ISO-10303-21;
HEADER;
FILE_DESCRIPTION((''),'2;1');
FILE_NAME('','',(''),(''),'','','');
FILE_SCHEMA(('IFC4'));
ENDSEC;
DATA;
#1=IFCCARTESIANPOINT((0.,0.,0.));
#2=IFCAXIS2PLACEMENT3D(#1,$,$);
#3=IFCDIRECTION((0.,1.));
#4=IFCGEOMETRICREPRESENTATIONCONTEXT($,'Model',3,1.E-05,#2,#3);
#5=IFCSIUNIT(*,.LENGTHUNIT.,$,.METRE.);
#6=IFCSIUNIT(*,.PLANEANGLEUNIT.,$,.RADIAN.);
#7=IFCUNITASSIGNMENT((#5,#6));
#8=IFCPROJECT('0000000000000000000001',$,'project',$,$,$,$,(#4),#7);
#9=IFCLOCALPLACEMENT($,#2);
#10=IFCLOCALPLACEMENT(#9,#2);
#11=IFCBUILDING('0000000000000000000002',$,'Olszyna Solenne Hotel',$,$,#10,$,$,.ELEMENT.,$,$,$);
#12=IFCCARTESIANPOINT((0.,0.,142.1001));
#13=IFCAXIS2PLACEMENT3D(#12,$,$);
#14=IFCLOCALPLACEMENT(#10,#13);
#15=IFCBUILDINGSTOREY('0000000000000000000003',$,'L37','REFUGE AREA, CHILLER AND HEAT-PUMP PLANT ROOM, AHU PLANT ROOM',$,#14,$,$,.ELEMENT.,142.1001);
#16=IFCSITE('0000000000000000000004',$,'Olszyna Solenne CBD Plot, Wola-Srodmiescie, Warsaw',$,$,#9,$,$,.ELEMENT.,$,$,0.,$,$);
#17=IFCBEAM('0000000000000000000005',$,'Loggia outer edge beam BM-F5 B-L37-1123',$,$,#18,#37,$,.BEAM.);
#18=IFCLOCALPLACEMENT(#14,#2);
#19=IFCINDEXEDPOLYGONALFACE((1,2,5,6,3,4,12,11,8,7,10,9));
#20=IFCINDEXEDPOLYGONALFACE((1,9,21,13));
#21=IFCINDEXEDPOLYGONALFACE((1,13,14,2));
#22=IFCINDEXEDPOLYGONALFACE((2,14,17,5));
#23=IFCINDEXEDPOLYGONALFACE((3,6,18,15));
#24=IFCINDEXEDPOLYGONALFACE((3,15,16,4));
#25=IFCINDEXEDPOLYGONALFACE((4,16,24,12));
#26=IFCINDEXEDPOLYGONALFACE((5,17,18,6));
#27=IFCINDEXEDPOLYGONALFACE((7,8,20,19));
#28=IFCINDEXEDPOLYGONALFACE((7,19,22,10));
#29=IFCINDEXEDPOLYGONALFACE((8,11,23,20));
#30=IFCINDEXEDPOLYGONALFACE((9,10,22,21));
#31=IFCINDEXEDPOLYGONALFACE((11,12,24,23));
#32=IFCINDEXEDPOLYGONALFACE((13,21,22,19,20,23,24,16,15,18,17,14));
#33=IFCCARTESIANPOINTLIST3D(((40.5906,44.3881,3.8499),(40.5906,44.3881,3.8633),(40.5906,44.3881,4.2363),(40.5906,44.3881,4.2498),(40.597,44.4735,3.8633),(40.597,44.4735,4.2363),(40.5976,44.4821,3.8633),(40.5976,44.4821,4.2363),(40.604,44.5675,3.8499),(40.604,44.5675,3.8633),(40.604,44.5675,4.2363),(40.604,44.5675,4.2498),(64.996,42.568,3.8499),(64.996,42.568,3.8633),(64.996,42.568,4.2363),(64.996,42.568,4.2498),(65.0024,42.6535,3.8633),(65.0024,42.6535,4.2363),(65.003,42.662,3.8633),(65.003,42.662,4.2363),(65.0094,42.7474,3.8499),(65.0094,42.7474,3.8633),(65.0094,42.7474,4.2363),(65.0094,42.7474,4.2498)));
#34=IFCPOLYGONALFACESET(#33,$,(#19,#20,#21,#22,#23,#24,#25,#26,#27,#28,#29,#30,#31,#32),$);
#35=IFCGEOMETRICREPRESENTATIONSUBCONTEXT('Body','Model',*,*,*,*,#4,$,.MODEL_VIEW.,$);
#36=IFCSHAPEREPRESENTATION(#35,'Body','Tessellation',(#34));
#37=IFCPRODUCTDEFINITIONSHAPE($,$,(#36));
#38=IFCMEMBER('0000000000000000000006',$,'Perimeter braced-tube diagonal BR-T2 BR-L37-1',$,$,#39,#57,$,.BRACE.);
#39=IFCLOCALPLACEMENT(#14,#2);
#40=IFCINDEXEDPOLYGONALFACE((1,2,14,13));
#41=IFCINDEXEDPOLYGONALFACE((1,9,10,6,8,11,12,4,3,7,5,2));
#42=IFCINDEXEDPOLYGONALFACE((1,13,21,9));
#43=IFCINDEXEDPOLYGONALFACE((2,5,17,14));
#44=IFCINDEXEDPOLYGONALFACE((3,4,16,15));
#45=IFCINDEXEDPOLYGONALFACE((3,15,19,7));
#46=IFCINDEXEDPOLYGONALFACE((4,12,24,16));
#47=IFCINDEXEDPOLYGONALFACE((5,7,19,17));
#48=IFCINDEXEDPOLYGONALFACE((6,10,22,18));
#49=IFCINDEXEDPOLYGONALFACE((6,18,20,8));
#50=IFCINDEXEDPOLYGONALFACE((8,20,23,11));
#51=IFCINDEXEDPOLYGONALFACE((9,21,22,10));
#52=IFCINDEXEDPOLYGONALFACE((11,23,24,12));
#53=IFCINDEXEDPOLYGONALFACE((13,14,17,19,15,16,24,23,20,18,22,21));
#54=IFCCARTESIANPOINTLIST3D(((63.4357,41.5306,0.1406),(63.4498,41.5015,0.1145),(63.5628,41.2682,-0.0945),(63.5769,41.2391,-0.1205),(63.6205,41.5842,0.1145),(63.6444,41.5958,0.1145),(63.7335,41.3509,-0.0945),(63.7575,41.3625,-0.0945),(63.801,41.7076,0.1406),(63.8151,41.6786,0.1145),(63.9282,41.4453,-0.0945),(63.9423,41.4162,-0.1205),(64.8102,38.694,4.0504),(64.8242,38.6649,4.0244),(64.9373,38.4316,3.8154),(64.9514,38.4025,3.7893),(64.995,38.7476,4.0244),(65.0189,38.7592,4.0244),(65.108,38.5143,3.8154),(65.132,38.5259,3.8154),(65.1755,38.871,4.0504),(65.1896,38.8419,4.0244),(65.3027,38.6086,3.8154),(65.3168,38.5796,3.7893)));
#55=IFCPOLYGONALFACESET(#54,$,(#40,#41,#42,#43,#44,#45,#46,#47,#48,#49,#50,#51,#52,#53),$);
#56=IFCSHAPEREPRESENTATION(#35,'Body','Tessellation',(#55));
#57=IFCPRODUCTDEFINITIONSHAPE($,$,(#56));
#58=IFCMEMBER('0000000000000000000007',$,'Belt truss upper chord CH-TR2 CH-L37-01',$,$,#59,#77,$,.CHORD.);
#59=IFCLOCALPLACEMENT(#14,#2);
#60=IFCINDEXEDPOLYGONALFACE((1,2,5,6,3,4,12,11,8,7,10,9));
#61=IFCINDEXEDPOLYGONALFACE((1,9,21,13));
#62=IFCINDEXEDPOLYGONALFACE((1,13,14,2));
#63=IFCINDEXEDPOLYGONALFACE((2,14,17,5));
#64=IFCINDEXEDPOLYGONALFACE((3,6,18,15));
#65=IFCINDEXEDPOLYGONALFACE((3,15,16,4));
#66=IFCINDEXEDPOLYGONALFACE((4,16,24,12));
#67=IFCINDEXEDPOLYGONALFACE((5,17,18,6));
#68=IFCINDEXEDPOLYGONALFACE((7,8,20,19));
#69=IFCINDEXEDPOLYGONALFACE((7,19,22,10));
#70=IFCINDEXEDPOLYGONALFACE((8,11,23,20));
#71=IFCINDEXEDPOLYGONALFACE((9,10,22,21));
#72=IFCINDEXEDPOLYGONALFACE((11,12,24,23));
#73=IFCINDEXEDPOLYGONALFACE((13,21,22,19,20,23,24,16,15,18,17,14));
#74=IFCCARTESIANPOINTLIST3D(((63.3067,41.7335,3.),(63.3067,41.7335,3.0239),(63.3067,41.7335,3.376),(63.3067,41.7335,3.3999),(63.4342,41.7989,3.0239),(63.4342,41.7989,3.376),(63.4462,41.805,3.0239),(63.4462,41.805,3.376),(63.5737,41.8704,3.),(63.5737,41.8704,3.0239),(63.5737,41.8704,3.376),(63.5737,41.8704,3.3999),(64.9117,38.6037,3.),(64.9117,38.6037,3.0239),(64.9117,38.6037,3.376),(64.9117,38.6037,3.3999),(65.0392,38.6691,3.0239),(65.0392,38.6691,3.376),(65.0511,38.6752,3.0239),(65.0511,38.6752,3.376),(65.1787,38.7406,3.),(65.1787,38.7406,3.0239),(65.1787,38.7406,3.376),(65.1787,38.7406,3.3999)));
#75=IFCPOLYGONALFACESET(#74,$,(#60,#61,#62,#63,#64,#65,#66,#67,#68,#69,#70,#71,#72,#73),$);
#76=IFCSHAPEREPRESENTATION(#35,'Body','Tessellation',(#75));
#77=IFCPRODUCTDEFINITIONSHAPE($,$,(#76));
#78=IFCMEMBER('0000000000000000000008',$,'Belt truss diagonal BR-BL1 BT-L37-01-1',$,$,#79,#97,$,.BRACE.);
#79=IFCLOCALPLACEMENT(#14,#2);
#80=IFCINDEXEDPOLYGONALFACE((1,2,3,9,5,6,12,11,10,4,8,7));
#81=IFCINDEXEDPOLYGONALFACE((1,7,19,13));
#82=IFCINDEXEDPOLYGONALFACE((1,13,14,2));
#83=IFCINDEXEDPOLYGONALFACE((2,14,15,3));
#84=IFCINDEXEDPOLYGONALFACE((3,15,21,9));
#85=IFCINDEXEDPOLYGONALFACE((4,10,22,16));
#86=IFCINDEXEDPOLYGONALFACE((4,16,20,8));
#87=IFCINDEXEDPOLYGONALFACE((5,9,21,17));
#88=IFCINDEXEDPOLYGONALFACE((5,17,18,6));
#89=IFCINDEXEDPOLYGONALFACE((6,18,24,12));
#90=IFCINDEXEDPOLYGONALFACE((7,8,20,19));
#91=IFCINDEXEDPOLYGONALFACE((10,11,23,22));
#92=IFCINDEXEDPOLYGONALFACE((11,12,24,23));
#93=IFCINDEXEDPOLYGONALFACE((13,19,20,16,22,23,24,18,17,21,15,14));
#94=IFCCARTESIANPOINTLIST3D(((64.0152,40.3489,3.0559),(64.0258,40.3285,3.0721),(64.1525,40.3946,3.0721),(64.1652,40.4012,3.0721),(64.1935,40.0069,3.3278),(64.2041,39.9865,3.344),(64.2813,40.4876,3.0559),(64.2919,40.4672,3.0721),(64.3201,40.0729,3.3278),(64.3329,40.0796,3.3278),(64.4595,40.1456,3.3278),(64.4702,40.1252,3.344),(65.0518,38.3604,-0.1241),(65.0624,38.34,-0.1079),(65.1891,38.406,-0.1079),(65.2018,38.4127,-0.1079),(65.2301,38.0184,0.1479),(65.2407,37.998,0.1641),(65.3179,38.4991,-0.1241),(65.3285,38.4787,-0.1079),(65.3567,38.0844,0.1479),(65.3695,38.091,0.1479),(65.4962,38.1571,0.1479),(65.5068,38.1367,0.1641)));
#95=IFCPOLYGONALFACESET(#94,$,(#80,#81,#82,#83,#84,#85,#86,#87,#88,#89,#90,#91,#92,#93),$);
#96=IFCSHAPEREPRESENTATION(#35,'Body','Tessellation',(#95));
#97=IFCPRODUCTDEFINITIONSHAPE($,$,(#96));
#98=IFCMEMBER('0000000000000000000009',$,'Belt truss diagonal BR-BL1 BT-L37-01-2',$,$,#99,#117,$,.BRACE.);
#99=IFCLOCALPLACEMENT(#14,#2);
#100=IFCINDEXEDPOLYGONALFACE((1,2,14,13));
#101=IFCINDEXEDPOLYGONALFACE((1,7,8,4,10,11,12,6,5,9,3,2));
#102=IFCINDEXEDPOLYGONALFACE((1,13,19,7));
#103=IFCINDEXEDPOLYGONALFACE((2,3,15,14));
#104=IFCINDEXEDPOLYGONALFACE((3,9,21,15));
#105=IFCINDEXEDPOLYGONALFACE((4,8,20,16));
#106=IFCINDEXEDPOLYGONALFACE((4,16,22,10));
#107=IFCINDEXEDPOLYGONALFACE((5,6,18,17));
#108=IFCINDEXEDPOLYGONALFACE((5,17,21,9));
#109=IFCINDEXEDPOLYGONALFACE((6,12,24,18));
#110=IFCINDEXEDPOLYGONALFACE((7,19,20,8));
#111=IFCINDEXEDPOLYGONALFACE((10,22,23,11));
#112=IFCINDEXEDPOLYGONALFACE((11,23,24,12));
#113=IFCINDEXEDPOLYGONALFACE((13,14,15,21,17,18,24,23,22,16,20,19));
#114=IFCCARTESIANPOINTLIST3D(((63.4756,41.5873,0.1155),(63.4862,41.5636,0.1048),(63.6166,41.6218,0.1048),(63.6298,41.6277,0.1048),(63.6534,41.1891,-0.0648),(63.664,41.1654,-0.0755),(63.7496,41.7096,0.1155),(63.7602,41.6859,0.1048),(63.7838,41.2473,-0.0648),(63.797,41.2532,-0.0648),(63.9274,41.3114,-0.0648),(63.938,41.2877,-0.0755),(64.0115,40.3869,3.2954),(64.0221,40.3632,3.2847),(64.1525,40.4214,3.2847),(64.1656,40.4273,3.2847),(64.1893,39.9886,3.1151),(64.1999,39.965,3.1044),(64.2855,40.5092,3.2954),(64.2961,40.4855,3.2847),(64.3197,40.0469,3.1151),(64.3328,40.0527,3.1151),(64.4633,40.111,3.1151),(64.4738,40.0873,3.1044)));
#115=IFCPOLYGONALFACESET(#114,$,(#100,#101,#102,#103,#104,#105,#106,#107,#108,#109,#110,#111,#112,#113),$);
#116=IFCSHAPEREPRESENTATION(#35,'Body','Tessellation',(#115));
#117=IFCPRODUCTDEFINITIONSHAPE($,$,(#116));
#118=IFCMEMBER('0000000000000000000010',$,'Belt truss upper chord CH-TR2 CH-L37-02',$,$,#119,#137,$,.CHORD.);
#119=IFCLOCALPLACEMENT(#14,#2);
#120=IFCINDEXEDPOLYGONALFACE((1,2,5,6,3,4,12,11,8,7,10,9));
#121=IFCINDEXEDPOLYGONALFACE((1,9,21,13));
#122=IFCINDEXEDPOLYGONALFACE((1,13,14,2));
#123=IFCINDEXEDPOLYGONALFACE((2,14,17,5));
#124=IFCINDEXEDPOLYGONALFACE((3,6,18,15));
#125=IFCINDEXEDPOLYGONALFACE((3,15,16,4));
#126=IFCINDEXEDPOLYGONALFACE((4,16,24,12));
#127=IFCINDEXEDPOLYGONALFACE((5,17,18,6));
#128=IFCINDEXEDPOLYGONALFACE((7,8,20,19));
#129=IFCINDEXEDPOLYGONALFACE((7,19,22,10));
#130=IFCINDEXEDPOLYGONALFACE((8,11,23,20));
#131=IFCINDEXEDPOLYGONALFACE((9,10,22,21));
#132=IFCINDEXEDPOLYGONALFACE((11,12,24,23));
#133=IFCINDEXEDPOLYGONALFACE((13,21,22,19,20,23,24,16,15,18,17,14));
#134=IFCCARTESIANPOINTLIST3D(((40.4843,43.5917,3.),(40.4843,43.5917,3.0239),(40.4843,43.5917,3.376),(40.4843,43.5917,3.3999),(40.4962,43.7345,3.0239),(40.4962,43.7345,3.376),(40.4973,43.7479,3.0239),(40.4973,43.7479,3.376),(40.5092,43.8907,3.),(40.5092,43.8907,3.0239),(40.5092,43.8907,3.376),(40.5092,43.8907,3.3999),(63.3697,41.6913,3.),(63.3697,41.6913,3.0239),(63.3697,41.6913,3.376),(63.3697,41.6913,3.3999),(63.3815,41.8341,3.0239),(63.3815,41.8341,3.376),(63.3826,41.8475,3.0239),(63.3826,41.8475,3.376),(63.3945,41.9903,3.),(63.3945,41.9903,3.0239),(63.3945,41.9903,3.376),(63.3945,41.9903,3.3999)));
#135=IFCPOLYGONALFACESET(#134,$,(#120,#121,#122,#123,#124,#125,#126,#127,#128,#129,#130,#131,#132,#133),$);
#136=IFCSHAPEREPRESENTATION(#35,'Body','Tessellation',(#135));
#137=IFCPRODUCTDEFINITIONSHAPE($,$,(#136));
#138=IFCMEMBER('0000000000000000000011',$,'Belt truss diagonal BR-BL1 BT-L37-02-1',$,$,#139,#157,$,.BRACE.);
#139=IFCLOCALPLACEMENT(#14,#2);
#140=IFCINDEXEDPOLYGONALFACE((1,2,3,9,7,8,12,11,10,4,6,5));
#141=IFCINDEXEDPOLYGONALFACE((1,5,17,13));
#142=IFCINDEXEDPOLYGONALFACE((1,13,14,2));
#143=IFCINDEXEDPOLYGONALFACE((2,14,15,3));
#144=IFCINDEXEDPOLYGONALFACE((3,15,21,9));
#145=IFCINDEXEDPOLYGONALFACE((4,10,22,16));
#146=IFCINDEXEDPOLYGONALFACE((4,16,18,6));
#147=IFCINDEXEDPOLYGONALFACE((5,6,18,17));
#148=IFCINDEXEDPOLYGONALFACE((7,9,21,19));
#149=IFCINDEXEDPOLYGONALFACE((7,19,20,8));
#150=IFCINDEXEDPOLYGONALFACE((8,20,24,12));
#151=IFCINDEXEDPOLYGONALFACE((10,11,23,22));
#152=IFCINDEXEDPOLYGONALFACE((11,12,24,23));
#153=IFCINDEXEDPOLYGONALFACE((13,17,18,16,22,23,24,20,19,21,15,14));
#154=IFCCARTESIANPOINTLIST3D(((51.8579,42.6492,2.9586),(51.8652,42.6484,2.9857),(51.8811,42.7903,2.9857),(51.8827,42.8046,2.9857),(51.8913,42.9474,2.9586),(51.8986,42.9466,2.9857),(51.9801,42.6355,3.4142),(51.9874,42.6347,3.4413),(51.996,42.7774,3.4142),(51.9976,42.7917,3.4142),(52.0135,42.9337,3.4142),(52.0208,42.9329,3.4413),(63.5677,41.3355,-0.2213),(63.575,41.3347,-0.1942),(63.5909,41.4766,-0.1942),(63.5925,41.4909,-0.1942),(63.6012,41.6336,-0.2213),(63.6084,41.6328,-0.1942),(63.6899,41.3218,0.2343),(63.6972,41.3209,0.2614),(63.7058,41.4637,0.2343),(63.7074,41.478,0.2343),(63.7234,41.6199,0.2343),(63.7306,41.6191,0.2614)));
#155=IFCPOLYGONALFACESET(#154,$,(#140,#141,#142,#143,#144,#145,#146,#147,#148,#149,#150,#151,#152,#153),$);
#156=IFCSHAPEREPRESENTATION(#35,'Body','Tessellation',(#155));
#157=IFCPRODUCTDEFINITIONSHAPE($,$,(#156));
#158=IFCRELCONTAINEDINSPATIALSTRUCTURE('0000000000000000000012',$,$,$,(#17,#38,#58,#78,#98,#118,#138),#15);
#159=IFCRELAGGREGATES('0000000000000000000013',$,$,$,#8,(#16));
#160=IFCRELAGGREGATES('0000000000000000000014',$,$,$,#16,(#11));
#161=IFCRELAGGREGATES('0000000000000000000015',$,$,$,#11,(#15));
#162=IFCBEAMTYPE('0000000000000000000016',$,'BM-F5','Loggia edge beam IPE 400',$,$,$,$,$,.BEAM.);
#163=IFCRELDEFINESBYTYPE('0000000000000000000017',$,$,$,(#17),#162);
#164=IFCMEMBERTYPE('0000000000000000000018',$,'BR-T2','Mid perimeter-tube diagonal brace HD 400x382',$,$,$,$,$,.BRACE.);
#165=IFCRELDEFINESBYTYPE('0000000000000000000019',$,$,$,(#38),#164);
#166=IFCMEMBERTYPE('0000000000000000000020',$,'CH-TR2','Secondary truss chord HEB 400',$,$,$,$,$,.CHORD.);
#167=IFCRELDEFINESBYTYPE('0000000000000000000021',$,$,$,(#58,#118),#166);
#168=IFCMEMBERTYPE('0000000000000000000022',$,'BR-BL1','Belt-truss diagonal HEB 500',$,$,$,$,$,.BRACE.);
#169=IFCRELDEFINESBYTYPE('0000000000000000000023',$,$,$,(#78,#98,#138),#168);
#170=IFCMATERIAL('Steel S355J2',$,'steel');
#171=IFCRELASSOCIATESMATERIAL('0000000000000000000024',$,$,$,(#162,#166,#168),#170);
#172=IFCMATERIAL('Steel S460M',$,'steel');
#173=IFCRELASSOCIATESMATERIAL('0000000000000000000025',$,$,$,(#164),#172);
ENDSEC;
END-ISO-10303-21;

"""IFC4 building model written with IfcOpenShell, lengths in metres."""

from ifc_helpers import new_model, si_unit, direction, frame, origin, origin_2d, place, context, subcontext, project, spatial, i_section, extrude, source, transform, mapped, material, material_profile, profile_set, type_object, element, save


model = new_model("IFC4")

# Units and contexts
model_context = context("Model", 3, precision=1e-05, world=origin(), true_north=direction((0.0, 1.0)))
body_context = subcontext(model_context, "Body", "Model", "MODEL_VIEW")
ifc_project = project(units=[si_unit("LENGTHUNIT", "METRE"), si_unit("PLANEANGLEUNIT", "RADIAN")], contexts=[model_context])

# Site, building, storey
site_placement = place(None, origin())
site = spatial("IfcSite", under=ifc_project, at=site_placement, Name="Olszyna Solenne CBD Plot, Wola-Srodmiescie, Warsaw", CompositionType="ELEMENT", RefElevation=0.0)
building_placement = place(site_placement, origin())
building = spatial("IfcBuilding", under=site, at=building_placement, Name="Olszyna Solenne Hotel", CompositionType="ELEMENT")
storey_placement = place(building_placement, frame((0.0, 0.0, 142.1001)))
storey = spatial("IfcBuildingStorey", under=building, at=storey_placement, Name="L37", Description="REFUGE AREA, CHILLER AND HEAT-PUMP PLANT ROOM, AHU PLANT ROOM", CompositionType="ELEMENT", Elevation=142.1001)

# Shared definitions
ifc_material_1 = material(Name="Steel S460M", Category="steel")

# Beam
ifc_material_2 = material(Name="Steel S355J2", Category="steel")
ifc_material_profile_1 = material_profile(ifc_material_2, i_section(OverallWidth=0.1799, OverallDepth=0.3999, WebThickness=0.0085, FlangeThickness=0.0134, at=origin_2d()), Name="IPE 400", Category="load-bearing")
ifc_profile_set_1 = profile_set([ifc_material_profile_1], Name="Steel S355J2")
beam_type_1 = type_object("IfcBeamType", Name="BM-F5", Description="Loggia edge beam IPE 400", PredefinedType="BEAM", material=ifc_profile_set_1)
shared_shape_1 = source(origin(), body_context, "Body", "SweptSolid", [
    extrude(i_section(OverallWidth=0.1799, OverallDepth=0.3999, WebThickness=0.0085, FlangeThickness=0.0134, at=origin_2d()), origin(), (0.0, 0.0, 1.0), 24.4731),
])
beam_1_placement = place(storey_placement, frame((65.0027, 42.6577, 4.0498), z_axis=(-0.997231, 0.07437, 0.0), x_axis=(-0.07437, -0.997231, 0.0)))
element("IfcBeam", 1, at=beam_1_placement, inside=storey, type_object=beam_type_1, Name="Loggia outer edge beam BM-F5 B-L37-1123", PredefinedType="BEAM", context=body_context, shape_type="MappedRepresentation", body=[
    mapped(shared_shape_1, transform((0.0, 0.0, 0.0), x_axis=(1.0, 0.0, 0.0), y_axis=(0.0, 1.0, 0.0), z_axis=(0.0, 0.0, 1.0), scale=1.0)),
])

# Members
ifc_material_profile_2 = material_profile(ifc_material_1, i_section(OverallWidth=0.406, OverallDepth=0.416, WebThickness=0.0266, FlangeThickness=0.0415, at=origin_2d()), Name="HD 400x382", Category="load-bearing")
ifc_profile_set_2 = profile_set([ifc_material_profile_2], Name="Steel S460M")
member_type_1 = type_object("IfcMemberType", Name="BR-T2", Description="Mid perimeter-tube diagonal brace HD 400x382", PredefinedType="BRACE", material=ifc_profile_set_2)
shared_shape_2 = source(origin(), body_context, "Body", "SweptSolid", [
    extrude(i_section(OverallWidth=0.406, OverallDepth=0.416, WebThickness=0.0266, FlangeThickness=0.0415, at=origin_2d()), origin(), (0.0, 0.0, 1.0), 5.0222),
])
member_1_placement = place(storey_placement, frame((63.689, 41.4734, 0.01), z_axis=(0.273682, -0.564816, 0.778512), x_axis=(0.899919, 0.436057, 0.0)))
element("IfcMember", 2, at=member_1_placement, inside=storey, type_object=member_type_1, Name="Perimeter braced-tube diagonal BR-T2 BR-L37-1", PredefinedType="BRACE", context=body_context, shape_type="MappedRepresentation", body=[
    mapped(shared_shape_2, transform((0.0, 0.0, 0.0), x_axis=(1.0, 0.0, 0.0), y_axis=(0.0, 1.0, 0.0), z_axis=(0.0, 0.0, 1.0), scale=1.0)),
])
ifc_material_profile_3 = material_profile(ifc_material_2, i_section(OverallWidth=0.3, OverallDepth=0.3999, WebThickness=0.0134, FlangeThickness=0.0239, at=origin_2d()), Name="HEB 400", Category="load-bearing")
ifc_profile_set_3 = profile_set([ifc_material_profile_3], Name="Steel S355J2")
member_type_2 = type_object("IfcMemberType", Name="CH-TR2", Description="Secondary truss chord HEB 400", PredefinedType="CHORD", material=ifc_profile_set_3)
shared_shape_3 = source(origin(), body_context, "Body", "SweptSolid", [
    extrude(i_section(OverallWidth=0.3, OverallDepth=0.3999, WebThickness=0.0134, FlangeThickness=0.0239, at=origin_2d()), origin(), (0.0, 0.0, 1.0), 3.5173),
])
member_2_placement = place(storey_placement, frame((65.0452, 38.6721, 3.2), z_axis=(-0.456297, 0.889828, 0.0), x_axis=(-0.889828, -0.456297, 0.0)))
element("IfcMember", 3, at=member_2_placement, inside=storey, type_object=member_type_2, Name="Belt truss upper chord CH-TR2 CH-L37-01", PredefinedType="CHORD", context=body_context, shape_type="MappedRepresentation", body=[
    mapped(shared_shape_3, transform((0.0, 0.0, 0.0), x_axis=(1.0, 0.0, 0.0), y_axis=(0.0, 1.0, 0.0), z_axis=(0.0, 0.0, 1.0), scale=1.0)),
])
ifc_material_profile_4 = material_profile(ifc_material_2, i_section(OverallWidth=0.3, OverallDepth=0.5, WebThickness=0.0144, FlangeThickness=0.0281, at=origin_2d()), Name="HEB 500", Category="load-bearing")
ifc_profile_set_4 = profile_set([ifc_material_profile_4], Name="Steel S355J2")
member_type_3 = type_object("IfcMemberType", Name="BR-BL1", Description="Belt-truss diagonal HEB 500", PredefinedType="BRACE", material=ifc_profile_set_4)
shared_shape_4 = source(origin(), body_context, "Body", "SweptSolid", [
    extrude(i_section(OverallWidth=0.3, OverallDepth=0.5, WebThickness=0.0144, FlangeThickness=0.0281, at=origin_2d()), origin(), (0.0, 0.0, 1.0), 3.8911),
])
member_3_placement = place(storey_placement, frame((65.2793, 38.2485, 0.02), z_axis=(-0.266407, 0.511042, 0.817229), x_axis=(-0.886744, -0.462261, 0.0)))
element("IfcMember", 4, at=member_3_placement, inside=storey, type_object=member_type_3, Name="Belt truss diagonal BR-BL1 BT-L37-01-1", PredefinedType="BRACE", context=body_context, shape_type="MappedRepresentation", body=[
    mapped(shared_shape_4, transform((0.0, 0.0, 0.0), x_axis=(1.0, 0.0, 0.0), y_axis=(0.0, 1.0, 0.0), z_axis=(0.0, 0.0, 1.0), scale=1.0)),
])
shared_shape_5 = source(origin(), body_context, "Body", "SweptSolid", [
    extrude(i_section(OverallWidth=0.3, OverallDepth=0.5, WebThickness=0.0144, FlangeThickness=0.0281, at=origin_2d()), origin(), (0.0, 0.0, 1.0), 3.4409),
])
member_4_placement = place(storey_placement, frame((63.7068, 41.4375, 0.02), z_axis=(0.155738, -0.348868, 0.924141), x_axis=(0.913144, 0.407637, 0.0)))
element("IfcMember", 5, at=member_4_placement, inside=storey, type_object=member_type_3, Name="Belt truss diagonal BR-BL1 BT-L37-01-2", PredefinedType="BRACE", context=body_context, shape_type="MappedRepresentation", body=[
    mapped(shared_shape_5, transform((0.0, 0.0, 0.0), x_axis=(1.0, 0.0, 0.0), y_axis=(0.0, 1.0, 0.0), z_axis=(0.0, 0.0, 1.0), scale=1.0)),
])
shared_shape_6 = source(origin(), body_context, "Body", "SweptSolid", [
    extrude(i_section(OverallWidth=0.3, OverallDepth=0.3999, WebThickness=0.0134, FlangeThickness=0.0239, at=origin_2d()), origin(), (0.0, 0.0, 1.0), 22.9641),
])
member_5_placement = place(storey_placement, frame((63.3821, 41.8408, 3.2), z_axis=(-0.99657, 0.082755, 0.0), x_axis=(-0.082755, -0.99657, 0.0)))
element("IfcMember", 6, at=member_5_placement, inside=storey, type_object=member_type_2, Name="Belt truss upper chord CH-TR2 CH-L37-02", PredefinedType="CHORD", context=body_context, shape_type="MappedRepresentation", body=[
    mapped(shared_shape_6, transform((0.0, 0.0, 0.0), x_axis=(1.0, 0.0, 0.0), y_axis=(0.0, 1.0, 0.0), z_axis=(0.0, 0.0, 1.0), scale=1.0)),
])
shared_shape_7 = source(origin(), body_context, "Body", "SweptSolid", [
    extrude(i_section(OverallWidth=0.3, OverallDepth=0.5, WebThickness=0.0144, FlangeThickness=0.0281, at=origin_2d()), origin(), (0.0, 0.0, 1.0), 12.2048),
])
member_6_placement = place(storey_placement, frame((63.6492, 41.4773, 0.02), z_axis=(-0.959441, 0.10764, 0.260549), x_axis=(-0.111491, -0.993765, 0.0)))
element("IfcMember", 7, at=member_6_placement, inside=storey, type_object=member_type_3, Name="Belt truss diagonal BR-BL1 BT-L37-02-1", PredefinedType="BRACE", context=body_context, shape_type="MappedRepresentation", body=[
    mapped(shared_shape_7, transform((0.0, 0.0, 0.0), x_axis=(1.0, 0.0, 0.0), y_axis=(0.0, 1.0, 0.0), z_axis=(0.0, 0.0, 1.0), scale=1.0)),
])

save(model, "model.ifc")
